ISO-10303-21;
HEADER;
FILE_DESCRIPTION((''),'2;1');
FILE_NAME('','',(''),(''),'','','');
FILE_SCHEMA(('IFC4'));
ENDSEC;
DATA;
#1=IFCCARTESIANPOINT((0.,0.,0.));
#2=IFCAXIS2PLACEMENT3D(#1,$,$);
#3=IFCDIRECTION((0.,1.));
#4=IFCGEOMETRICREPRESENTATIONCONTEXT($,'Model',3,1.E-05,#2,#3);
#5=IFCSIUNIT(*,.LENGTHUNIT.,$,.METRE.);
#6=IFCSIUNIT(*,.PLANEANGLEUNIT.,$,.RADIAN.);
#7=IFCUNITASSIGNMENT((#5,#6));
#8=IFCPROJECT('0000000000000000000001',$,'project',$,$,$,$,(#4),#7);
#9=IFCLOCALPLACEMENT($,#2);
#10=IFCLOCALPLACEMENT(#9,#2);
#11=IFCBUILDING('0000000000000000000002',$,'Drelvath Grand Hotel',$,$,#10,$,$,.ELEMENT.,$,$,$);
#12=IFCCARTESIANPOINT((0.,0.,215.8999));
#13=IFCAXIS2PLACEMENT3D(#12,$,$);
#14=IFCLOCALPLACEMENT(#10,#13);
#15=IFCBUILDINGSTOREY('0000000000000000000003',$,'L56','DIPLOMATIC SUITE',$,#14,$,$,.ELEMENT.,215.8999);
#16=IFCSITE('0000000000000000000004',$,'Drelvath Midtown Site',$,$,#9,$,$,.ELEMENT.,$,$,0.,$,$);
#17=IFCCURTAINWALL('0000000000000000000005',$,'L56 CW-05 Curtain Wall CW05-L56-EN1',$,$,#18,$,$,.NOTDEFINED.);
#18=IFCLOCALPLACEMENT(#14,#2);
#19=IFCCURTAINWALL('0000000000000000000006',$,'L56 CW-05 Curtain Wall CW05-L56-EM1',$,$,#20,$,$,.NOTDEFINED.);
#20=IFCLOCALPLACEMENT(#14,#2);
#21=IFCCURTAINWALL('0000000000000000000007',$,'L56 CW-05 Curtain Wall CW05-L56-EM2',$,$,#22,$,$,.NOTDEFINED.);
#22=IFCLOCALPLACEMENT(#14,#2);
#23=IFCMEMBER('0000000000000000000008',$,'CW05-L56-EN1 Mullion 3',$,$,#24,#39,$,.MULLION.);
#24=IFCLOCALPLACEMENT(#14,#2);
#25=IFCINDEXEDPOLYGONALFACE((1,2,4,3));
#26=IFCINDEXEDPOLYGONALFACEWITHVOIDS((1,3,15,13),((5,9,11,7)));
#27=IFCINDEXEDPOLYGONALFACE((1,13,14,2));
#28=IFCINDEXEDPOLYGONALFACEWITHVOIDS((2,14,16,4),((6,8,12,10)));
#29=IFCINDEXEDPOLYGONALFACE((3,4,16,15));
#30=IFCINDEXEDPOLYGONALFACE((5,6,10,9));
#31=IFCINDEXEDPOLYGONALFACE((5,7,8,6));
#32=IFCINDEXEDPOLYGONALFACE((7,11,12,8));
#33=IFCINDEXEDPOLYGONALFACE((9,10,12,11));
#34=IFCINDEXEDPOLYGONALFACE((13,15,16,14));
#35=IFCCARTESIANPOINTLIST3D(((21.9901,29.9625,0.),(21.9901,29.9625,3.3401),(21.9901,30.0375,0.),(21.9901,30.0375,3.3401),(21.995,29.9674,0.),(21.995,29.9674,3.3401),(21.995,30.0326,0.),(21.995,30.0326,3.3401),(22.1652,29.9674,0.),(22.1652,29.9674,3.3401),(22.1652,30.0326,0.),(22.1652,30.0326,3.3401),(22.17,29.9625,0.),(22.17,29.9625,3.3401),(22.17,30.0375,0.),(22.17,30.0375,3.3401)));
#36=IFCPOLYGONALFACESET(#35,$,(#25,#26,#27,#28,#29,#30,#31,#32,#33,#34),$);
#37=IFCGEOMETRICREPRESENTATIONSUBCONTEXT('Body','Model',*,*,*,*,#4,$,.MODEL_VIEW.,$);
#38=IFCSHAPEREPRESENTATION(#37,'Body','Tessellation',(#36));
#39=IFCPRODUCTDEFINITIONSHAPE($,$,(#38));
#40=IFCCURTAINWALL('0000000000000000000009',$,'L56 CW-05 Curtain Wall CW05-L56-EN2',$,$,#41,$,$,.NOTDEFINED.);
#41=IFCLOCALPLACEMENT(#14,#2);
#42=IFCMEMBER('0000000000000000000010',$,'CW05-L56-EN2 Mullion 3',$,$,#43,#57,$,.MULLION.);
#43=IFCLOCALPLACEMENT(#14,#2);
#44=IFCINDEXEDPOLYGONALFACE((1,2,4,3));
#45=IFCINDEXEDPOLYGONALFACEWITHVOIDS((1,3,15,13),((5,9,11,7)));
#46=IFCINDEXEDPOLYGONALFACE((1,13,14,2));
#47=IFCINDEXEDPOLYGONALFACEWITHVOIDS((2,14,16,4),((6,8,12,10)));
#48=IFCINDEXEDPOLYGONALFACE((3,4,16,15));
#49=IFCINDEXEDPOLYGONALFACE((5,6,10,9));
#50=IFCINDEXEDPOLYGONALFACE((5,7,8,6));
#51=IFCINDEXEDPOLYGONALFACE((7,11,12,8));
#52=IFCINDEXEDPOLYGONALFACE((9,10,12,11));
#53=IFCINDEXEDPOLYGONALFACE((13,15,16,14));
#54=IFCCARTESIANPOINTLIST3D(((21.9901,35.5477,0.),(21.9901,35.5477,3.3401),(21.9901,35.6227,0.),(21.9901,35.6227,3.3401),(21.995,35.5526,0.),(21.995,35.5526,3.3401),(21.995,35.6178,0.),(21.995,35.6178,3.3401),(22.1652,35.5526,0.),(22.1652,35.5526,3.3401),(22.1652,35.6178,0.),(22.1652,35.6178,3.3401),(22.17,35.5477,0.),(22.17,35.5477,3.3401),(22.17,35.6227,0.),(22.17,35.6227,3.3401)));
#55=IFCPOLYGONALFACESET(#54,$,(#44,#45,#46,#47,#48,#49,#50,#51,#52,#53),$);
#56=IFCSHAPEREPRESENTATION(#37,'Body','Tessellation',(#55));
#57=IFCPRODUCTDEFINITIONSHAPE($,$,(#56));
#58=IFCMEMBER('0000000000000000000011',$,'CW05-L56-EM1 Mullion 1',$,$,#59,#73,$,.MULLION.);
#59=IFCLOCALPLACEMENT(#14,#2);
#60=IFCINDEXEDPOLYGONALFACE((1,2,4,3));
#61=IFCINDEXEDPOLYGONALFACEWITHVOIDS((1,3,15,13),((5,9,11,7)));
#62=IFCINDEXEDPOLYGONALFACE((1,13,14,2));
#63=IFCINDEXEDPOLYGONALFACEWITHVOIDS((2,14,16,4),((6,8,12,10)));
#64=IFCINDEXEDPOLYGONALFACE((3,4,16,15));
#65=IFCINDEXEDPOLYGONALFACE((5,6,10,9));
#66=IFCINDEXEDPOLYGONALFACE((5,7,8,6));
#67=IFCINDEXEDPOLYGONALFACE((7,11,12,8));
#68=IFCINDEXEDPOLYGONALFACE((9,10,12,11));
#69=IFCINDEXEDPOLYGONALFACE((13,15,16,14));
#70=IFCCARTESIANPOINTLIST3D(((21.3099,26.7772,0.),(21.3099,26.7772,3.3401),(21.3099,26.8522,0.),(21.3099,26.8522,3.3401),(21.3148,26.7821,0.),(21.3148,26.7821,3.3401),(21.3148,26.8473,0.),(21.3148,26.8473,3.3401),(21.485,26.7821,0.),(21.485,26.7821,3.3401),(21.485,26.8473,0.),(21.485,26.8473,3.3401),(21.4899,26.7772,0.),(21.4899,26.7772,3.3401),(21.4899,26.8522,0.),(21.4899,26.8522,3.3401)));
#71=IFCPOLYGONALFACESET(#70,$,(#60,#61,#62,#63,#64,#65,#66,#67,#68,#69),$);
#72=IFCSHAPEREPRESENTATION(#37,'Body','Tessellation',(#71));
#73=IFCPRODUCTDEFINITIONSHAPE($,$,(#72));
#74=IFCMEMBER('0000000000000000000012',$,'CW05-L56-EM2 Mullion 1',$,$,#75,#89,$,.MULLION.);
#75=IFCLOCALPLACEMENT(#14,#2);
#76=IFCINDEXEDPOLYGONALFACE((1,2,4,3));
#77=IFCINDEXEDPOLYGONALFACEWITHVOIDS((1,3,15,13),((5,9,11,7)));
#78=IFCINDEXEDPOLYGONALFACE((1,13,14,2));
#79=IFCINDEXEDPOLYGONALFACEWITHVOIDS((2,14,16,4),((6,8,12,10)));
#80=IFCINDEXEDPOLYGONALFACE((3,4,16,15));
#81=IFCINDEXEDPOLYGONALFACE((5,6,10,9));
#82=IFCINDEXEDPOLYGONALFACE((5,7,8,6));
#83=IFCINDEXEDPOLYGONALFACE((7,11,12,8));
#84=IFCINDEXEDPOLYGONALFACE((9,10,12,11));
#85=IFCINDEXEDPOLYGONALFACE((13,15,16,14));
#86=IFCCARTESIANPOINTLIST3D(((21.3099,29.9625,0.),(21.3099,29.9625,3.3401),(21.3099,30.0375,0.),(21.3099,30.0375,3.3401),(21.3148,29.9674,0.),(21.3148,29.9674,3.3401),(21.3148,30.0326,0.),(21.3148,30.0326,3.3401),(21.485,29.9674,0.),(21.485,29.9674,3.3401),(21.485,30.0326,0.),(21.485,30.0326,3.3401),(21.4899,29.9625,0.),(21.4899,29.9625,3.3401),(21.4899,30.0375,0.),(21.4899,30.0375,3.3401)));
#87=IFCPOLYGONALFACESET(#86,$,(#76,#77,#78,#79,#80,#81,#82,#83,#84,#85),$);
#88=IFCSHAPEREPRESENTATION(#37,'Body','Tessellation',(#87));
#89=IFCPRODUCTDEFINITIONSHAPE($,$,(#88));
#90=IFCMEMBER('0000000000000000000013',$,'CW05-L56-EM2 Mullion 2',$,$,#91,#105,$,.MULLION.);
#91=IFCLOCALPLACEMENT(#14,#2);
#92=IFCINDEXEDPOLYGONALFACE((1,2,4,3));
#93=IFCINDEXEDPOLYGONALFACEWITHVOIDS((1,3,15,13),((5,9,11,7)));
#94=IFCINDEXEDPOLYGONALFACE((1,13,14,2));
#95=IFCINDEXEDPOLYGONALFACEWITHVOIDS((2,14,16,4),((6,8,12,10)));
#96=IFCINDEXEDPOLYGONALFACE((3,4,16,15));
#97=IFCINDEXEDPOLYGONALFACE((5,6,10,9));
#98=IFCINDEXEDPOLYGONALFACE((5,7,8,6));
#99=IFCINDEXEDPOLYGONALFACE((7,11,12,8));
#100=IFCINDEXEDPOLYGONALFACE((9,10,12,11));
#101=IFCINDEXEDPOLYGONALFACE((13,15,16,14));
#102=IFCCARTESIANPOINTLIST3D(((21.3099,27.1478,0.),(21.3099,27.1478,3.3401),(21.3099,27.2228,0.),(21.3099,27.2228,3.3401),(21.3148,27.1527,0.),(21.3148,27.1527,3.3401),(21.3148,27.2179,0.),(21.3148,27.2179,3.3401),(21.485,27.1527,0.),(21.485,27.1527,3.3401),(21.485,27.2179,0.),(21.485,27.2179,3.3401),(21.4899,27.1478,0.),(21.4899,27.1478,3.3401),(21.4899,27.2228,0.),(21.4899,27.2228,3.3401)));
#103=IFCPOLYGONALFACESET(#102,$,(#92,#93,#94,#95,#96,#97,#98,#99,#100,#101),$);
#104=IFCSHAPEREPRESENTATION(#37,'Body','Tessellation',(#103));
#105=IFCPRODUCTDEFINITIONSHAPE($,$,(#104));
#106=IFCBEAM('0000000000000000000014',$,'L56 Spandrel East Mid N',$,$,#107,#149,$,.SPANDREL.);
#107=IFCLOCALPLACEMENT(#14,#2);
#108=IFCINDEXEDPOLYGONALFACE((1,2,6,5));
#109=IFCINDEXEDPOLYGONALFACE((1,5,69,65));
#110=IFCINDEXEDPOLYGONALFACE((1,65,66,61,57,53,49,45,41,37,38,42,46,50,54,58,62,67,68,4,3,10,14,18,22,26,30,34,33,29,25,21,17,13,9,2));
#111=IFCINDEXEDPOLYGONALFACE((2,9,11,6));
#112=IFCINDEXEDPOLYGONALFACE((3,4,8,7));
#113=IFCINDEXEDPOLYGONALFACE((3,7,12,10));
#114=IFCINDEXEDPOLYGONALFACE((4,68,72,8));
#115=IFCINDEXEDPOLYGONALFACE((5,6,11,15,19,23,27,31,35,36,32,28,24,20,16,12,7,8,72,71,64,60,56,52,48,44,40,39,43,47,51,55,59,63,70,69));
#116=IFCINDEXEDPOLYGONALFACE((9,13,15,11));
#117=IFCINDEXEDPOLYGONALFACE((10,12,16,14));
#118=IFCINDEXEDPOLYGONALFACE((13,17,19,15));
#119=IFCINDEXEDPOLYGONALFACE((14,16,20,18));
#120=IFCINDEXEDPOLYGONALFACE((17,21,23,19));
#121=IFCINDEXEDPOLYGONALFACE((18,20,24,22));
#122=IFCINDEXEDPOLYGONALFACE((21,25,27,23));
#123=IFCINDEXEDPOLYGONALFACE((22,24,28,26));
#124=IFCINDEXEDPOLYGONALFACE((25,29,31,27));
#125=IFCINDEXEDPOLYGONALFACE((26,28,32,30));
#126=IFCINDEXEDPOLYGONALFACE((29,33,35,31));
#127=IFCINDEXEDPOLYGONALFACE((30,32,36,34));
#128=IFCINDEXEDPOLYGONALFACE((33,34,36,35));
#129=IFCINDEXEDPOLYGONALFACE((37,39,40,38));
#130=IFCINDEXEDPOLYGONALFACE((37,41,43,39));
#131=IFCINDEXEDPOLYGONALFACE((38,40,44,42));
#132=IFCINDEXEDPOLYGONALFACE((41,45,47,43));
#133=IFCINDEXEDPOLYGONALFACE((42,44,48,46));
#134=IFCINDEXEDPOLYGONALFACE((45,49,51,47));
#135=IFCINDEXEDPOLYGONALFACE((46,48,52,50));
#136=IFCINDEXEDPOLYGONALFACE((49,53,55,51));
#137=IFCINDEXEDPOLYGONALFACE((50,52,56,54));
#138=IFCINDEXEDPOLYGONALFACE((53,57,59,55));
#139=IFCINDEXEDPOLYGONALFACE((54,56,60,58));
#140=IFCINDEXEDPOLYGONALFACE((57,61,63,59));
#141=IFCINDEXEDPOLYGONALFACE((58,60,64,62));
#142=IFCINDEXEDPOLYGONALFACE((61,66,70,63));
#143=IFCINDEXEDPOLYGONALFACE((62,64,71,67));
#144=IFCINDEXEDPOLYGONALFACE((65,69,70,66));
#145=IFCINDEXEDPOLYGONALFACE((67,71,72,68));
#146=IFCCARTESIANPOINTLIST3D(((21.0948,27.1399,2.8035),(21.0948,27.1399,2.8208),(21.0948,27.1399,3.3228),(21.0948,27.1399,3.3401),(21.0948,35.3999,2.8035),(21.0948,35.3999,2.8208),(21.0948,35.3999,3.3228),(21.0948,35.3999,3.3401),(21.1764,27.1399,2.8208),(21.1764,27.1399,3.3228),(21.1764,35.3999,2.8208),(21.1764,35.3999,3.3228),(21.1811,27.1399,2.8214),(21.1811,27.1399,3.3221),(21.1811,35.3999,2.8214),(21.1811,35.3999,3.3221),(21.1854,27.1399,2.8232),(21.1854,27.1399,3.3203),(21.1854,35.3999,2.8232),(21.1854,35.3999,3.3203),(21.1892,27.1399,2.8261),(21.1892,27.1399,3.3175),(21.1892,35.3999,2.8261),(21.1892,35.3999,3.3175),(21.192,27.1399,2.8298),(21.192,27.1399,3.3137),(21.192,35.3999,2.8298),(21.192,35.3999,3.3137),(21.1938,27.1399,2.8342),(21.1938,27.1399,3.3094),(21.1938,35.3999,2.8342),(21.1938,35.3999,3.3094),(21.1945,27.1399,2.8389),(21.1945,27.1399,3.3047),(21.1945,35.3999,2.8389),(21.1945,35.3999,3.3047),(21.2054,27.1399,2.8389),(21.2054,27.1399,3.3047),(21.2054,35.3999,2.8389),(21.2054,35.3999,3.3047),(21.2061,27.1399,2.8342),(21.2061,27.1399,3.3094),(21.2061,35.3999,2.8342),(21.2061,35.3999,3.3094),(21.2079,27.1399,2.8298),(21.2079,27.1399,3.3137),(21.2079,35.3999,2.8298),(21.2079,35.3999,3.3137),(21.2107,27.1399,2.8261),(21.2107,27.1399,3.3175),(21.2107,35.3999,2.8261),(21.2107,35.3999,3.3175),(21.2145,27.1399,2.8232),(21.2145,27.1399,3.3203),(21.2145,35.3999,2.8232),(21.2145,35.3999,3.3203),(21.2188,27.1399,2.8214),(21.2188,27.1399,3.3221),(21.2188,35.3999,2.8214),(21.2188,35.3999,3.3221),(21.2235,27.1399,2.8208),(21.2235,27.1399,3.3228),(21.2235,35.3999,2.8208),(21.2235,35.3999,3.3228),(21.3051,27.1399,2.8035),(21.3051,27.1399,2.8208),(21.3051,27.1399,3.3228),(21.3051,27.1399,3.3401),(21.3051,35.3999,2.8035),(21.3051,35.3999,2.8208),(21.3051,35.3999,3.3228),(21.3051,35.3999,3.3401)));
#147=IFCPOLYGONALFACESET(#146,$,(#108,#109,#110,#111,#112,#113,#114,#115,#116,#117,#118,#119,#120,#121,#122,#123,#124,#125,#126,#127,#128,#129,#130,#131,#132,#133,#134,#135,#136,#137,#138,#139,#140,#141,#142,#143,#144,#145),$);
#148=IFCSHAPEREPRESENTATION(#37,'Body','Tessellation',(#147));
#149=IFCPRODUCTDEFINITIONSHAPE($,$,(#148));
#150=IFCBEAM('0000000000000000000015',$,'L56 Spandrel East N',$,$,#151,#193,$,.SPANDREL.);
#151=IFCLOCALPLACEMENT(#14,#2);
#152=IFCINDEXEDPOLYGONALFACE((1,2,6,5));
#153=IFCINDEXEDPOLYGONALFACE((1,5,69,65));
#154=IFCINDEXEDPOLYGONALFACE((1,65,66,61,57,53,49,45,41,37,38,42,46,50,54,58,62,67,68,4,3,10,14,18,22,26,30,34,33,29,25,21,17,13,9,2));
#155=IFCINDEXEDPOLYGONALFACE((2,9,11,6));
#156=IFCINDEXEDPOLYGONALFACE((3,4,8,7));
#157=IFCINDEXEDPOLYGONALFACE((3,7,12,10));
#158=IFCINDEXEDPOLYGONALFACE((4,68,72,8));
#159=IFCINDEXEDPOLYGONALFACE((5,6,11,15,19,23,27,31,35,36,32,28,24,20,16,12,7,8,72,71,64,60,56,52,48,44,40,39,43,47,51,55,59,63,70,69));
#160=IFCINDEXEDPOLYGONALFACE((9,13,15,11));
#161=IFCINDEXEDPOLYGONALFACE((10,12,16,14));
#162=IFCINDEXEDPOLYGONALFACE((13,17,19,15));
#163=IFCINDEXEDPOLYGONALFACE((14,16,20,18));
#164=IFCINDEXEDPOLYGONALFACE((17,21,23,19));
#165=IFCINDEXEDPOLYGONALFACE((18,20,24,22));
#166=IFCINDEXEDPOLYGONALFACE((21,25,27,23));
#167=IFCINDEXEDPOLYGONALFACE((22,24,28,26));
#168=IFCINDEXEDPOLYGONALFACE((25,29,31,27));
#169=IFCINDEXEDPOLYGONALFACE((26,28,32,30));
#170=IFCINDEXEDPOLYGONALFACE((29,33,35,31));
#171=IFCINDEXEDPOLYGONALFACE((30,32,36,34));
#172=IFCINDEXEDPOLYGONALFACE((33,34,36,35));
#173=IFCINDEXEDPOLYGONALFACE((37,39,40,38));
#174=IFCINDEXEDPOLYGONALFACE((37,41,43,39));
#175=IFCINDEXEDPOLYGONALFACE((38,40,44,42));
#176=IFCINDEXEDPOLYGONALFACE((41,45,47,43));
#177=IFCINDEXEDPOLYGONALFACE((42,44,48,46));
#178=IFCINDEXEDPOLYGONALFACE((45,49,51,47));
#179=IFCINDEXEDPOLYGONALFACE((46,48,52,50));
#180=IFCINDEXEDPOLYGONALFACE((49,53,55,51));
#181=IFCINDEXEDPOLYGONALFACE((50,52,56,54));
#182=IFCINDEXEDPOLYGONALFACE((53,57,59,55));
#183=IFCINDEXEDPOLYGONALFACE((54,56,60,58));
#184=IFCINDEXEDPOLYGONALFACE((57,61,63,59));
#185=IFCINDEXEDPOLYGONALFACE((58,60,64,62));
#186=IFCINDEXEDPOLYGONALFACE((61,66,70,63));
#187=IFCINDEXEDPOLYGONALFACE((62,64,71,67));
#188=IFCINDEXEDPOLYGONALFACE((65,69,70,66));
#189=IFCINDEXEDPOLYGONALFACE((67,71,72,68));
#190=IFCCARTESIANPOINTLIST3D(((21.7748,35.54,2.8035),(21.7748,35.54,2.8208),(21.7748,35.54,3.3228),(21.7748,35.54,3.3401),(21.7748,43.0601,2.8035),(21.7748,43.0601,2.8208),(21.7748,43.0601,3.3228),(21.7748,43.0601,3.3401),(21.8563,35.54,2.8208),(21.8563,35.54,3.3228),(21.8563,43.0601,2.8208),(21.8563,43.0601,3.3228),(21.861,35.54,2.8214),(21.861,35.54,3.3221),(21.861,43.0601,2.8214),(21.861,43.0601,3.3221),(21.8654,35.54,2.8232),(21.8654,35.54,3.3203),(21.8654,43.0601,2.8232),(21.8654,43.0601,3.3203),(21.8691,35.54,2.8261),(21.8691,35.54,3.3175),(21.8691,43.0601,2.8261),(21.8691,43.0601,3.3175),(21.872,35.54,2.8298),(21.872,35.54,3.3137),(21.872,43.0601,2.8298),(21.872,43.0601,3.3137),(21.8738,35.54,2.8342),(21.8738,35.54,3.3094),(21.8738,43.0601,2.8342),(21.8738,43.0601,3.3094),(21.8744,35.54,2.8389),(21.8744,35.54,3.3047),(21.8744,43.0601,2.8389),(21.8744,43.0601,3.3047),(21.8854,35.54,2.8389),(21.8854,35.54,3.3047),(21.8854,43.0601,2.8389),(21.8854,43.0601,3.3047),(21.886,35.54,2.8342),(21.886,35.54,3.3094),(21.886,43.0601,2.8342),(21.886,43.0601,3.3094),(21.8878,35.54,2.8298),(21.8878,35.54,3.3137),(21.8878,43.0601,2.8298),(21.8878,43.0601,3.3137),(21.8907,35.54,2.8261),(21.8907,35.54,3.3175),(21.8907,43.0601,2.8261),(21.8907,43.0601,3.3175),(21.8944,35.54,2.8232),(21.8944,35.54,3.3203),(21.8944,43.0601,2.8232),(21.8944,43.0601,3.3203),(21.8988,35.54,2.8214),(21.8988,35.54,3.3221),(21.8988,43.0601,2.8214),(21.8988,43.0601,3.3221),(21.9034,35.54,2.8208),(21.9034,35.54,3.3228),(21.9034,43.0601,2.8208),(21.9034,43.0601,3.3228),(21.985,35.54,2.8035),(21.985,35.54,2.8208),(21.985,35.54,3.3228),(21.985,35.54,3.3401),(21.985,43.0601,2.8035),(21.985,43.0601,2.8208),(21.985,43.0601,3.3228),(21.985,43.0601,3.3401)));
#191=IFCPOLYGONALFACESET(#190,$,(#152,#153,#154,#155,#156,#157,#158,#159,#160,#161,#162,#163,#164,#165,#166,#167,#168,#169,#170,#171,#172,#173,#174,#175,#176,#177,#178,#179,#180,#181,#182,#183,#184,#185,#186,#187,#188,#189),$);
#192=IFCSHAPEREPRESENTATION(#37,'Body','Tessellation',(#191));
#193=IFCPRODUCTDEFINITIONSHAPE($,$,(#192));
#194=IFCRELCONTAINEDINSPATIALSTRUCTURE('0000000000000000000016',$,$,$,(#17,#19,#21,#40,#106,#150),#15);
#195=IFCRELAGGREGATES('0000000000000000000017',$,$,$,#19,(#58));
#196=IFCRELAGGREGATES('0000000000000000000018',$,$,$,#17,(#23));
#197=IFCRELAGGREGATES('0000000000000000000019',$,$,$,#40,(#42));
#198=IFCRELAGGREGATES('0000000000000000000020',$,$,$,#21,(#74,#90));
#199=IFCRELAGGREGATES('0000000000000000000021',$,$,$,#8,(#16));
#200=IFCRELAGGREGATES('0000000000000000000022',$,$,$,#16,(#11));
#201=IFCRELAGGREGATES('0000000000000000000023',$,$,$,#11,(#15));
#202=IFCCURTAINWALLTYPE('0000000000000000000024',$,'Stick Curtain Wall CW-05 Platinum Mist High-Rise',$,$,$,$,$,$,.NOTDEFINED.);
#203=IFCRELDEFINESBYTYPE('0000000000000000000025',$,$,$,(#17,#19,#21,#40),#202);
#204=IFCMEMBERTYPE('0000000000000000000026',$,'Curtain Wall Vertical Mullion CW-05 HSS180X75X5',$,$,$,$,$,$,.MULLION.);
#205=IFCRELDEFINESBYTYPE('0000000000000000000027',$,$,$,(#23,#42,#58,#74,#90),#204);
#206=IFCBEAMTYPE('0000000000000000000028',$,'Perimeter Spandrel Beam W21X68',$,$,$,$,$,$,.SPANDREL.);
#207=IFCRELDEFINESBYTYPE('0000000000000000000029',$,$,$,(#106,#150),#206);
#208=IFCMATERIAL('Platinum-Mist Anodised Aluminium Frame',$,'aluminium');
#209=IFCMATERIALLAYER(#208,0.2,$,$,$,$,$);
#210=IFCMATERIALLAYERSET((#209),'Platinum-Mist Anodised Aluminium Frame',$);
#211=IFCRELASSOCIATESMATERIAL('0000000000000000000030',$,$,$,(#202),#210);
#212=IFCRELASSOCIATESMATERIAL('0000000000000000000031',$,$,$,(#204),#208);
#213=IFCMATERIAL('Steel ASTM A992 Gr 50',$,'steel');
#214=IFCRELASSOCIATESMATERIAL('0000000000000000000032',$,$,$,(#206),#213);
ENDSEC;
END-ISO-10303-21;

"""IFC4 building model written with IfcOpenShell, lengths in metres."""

from ifc_helpers import new_model, si_unit, direction, frame, origin, origin_2d, place, context, subcontext, project, spatial, hollow_rectangle, i_section, extrude, material, layer, layer_set, material_profile, profile_set, type_object, element, aggregate, save


model = new_model("IFC4")

# Units and contexts
model_context = context("Model", 3, precision=1e-05, world=origin(), true_north=direction((0.0, 1.0)))
body_context = subcontext(model_context, "Body", "Model", "MODEL_VIEW")
ifc_project = project(units=[si_unit("LENGTHUNIT", "METRE"), si_unit("PLANEANGLEUNIT", "RADIAN")], contexts=[model_context])

# Site, building, storey
site_placement = place(None, origin())
site = spatial("IfcSite", under=ifc_project, at=site_placement, Name="Drelvath Midtown Site", CompositionType="ELEMENT", RefElevation=0.0)
building_placement = place(site_placement, origin())
building = spatial("IfcBuilding", under=site, at=building_placement, Name="Drelvath Grand Hotel", CompositionType="ELEMENT")
storey_placement = place(building_placement, frame((0.0, 0.0, 215.8999)))
storey = spatial("IfcBuildingStorey", under=building, at=storey_placement, Name="L56", Description="DIPLOMATIC SUITE", CompositionType="ELEMENT", Elevation=215.8999)

# Curtain walls
ifc_material_1 = material(Name="Platinum-Mist Anodised Aluminium Frame", Category="aluminium")
ifc_layer_1 = layer(ifc_material_1, 0.2)
ifc_layer_set_1 = layer_set([ifc_layer_1], Name="Platinum-Mist Anodised Aluminium Frame")
curtain_wall_type = type_object("IfcCurtainWallType", Name="Stick Curtain Wall CW-05 Platinum Mist High-Rise", PredefinedType="NOTDEFINED", material=ifc_layer_set_1)
curtain_wall_1_placement = place(storey_placement, origin())
curtain_wall_1 = element("IfcCurtainWall", 1, at=curtain_wall_1_placement, inside=storey, type_object=curtain_wall_type, Name="L56 CW-05 Curtain Wall CW05-L56-EN1", PredefinedType="NOTDEFINED")
curtain_wall_2_placement = place(storey_placement, origin())
curtain_wall_2 = element("IfcCurtainWall", 2, at=curtain_wall_2_placement, inside=storey, type_object=curtain_wall_type, Name="L56 CW-05 Curtain Wall CW05-L56-EM1", PredefinedType="NOTDEFINED")
curtain_wall_3_placement = place(storey_placement, origin())
curtain_wall_3 = element("IfcCurtainWall", 3, at=curtain_wall_3_placement, inside=storey, type_object=curtain_wall_type, Name="L56 CW-05 Curtain Wall CW05-L56-EM2", PredefinedType="NOTDEFINED")

# Member
ifc_material_profile_1 = material_profile(ifc_material_1, hollow_rectangle(XDim=0.075, YDim=0.1799, WallThickness=0.0049, at=origin_2d()), Name="HSS180X75X5")
ifc_profile_set_1 = profile_set([ifc_material_profile_1], Name="Platinum-Mist Anodised Aluminium Frame")
member_type_1 = type_object("IfcMemberType", Name="Curtain Wall Vertical Mullion CW-05 HSS180X75X5", PredefinedType="MULLION", material=ifc_profile_set_1)
member_1_placement = place(storey_placement, frame((22.0801, 30.0, 0.0), z_axis=(0.0, 0.0, 1.0), x_axis=(0.0, 1.0, 0.0)))
member_1 = element("IfcMember", 4, at=member_1_placement, type_object=member_type_1, Name="CW05-L56-EN1 Mullion 3", PredefinedType="MULLION", context=body_context, shape_type="SweptSolid", body=[
    extrude(hollow_rectangle(XDim=0.075, YDim=0.1799, WallThickness=0.0049, at=origin_2d()), origin(), (0.0, 0.0, 1.0), 3.3401),
])

# Curtain wall, member
curtain_wall_4_placement = place(storey_placement, origin())
curtain_wall_4 = element("IfcCurtainWall", 5, at=curtain_wall_4_placement, inside=storey, type_object=curtain_wall_type, Name="L56 CW-05 Curtain Wall CW05-L56-EN2", PredefinedType="NOTDEFINED")
member_2_placement = place(storey_placement, frame((22.0801, 35.5852, 0.0), z_axis=(0.0, 0.0, 1.0), x_axis=(0.0, 1.0, 0.0)))
member_2 = element("IfcMember", 6, at=member_2_placement, type_object=member_type_1, Name="CW05-L56-EN2 Mullion 3", PredefinedType="MULLION", context=body_context, shape_type="SweptSolid", body=[
    extrude(hollow_rectangle(XDim=0.075, YDim=0.1799, WallThickness=0.0049, at=origin_2d()), origin(), (0.0, 0.0, 1.0), 3.3401),
])

# Members
member_3_placement = place(storey_placement, frame((21.3999, 26.8147, 0.0), z_axis=(0.0, 0.0, 1.0), x_axis=(0.0, 1.0, 0.0)))
member_3 = element("IfcMember", 7, at=member_3_placement, type_object=member_type_1, Name="CW05-L56-EM1 Mullion 1", PredefinedType="MULLION", context=body_context, shape_type="SweptSolid", body=[
    extrude(hollow_rectangle(XDim=0.075, YDim=0.1799, WallThickness=0.0049, at=origin_2d()), origin(), (0.0, 0.0, 1.0), 3.3401),
])
aggregate(curtain_wall_2, [member_3])
member_4_placement = place(storey_placement, frame((21.3999, 30.0, 0.0), z_axis=(0.0, 0.0, 1.0), x_axis=(0.0, 1.0, 0.0)))
member_4 = element("IfcMember", 8, at=member_4_placement, type_object=member_type_1, Name="CW05-L56-EM2 Mullion 1", PredefinedType="MULLION", context=body_context, shape_type="SweptSolid", body=[
    extrude(hollow_rectangle(XDim=0.075, YDim=0.1799, WallThickness=0.0049, at=origin_2d()), origin(), (0.0, 0.0, 1.0), 3.3401),
])
member_5_placement = place(storey_placement, frame((21.3999, 27.1853, 0.0), z_axis=(0.0, 0.0, 1.0), x_axis=(0.0, 1.0, 0.0)))
member_5 = element("IfcMember", 9, at=member_5_placement, type_object=member_type_1, Name="CW05-L56-EM2 Mullion 2", PredefinedType="MULLION", context=body_context, shape_type="SweptSolid", body=[
    extrude(hollow_rectangle(XDim=0.075, YDim=0.1799, WallThickness=0.0049, at=origin_2d()), origin(), (0.0, 0.0, 1.0), 3.3401),
])

# Beams
ifc_material_2 = material(Name="Steel ASTM A992 Gr 50", Category="steel")
ifc_material_profile_2 = material_profile(ifc_material_2, i_section(OverallWidth=0.2102, OverallDepth=0.5366, WebThickness=0.011, FlangeThickness=0.0173, FilletRadius=0.0181, at=origin_2d()), Name="W21X68")
ifc_profile_set_2 = profile_set([ifc_material_profile_2], Name="Steel ASTM A992 Gr 50")
beam_type_1 = type_object("IfcBeamType", Name="Perimeter Spandrel Beam W21X68", PredefinedType="SPANDREL", material=ifc_profile_set_2)
beam_1_placement = place(storey_placement, frame((21.2, 27.1399, 3.0718), z_axis=(0.0, 1.0, 0.0), x_axis=(-1.0, 0.0, 0.0)))
element("IfcBeam", 10, at=beam_1_placement, inside=storey, type_object=beam_type_1, Name="L56 Spandrel East Mid N", PredefinedType="SPANDREL", context=body_context, shape_type="SweptSolid", body=[
    extrude(i_section(OverallWidth=0.2102, OverallDepth=0.5366, WebThickness=0.011, FlangeThickness=0.0173, FilletRadius=0.0181, at=origin_2d()), origin(), (0.0, 0.0, 1.0), 8.26),
])
beam_2_placement = place(storey_placement, frame((21.8799, 35.54, 3.0718), z_axis=(0.0, 1.0, 0.0), x_axis=(-1.0, 0.0, 0.0)))
element("IfcBeam", 11, at=beam_2_placement, inside=storey, type_object=beam_type_1, Name="L56 Spandrel East N", PredefinedType="SPANDREL", context=body_context, shape_type="SweptSolid", body=[
    extrude(i_section(OverallWidth=0.2102, OverallDepth=0.5366, WebThickness=0.011, FlangeThickness=0.0173, FilletRadius=0.0181, at=origin_2d()), origin(), (0.0, 0.0, 1.0), 7.52),
])

aggregate(curtain_wall_1, [member_1])
aggregate(curtain_wall_4, [member_2])
aggregate(curtain_wall_3, [member_4, member_5])

save(model, "model.ifc")
